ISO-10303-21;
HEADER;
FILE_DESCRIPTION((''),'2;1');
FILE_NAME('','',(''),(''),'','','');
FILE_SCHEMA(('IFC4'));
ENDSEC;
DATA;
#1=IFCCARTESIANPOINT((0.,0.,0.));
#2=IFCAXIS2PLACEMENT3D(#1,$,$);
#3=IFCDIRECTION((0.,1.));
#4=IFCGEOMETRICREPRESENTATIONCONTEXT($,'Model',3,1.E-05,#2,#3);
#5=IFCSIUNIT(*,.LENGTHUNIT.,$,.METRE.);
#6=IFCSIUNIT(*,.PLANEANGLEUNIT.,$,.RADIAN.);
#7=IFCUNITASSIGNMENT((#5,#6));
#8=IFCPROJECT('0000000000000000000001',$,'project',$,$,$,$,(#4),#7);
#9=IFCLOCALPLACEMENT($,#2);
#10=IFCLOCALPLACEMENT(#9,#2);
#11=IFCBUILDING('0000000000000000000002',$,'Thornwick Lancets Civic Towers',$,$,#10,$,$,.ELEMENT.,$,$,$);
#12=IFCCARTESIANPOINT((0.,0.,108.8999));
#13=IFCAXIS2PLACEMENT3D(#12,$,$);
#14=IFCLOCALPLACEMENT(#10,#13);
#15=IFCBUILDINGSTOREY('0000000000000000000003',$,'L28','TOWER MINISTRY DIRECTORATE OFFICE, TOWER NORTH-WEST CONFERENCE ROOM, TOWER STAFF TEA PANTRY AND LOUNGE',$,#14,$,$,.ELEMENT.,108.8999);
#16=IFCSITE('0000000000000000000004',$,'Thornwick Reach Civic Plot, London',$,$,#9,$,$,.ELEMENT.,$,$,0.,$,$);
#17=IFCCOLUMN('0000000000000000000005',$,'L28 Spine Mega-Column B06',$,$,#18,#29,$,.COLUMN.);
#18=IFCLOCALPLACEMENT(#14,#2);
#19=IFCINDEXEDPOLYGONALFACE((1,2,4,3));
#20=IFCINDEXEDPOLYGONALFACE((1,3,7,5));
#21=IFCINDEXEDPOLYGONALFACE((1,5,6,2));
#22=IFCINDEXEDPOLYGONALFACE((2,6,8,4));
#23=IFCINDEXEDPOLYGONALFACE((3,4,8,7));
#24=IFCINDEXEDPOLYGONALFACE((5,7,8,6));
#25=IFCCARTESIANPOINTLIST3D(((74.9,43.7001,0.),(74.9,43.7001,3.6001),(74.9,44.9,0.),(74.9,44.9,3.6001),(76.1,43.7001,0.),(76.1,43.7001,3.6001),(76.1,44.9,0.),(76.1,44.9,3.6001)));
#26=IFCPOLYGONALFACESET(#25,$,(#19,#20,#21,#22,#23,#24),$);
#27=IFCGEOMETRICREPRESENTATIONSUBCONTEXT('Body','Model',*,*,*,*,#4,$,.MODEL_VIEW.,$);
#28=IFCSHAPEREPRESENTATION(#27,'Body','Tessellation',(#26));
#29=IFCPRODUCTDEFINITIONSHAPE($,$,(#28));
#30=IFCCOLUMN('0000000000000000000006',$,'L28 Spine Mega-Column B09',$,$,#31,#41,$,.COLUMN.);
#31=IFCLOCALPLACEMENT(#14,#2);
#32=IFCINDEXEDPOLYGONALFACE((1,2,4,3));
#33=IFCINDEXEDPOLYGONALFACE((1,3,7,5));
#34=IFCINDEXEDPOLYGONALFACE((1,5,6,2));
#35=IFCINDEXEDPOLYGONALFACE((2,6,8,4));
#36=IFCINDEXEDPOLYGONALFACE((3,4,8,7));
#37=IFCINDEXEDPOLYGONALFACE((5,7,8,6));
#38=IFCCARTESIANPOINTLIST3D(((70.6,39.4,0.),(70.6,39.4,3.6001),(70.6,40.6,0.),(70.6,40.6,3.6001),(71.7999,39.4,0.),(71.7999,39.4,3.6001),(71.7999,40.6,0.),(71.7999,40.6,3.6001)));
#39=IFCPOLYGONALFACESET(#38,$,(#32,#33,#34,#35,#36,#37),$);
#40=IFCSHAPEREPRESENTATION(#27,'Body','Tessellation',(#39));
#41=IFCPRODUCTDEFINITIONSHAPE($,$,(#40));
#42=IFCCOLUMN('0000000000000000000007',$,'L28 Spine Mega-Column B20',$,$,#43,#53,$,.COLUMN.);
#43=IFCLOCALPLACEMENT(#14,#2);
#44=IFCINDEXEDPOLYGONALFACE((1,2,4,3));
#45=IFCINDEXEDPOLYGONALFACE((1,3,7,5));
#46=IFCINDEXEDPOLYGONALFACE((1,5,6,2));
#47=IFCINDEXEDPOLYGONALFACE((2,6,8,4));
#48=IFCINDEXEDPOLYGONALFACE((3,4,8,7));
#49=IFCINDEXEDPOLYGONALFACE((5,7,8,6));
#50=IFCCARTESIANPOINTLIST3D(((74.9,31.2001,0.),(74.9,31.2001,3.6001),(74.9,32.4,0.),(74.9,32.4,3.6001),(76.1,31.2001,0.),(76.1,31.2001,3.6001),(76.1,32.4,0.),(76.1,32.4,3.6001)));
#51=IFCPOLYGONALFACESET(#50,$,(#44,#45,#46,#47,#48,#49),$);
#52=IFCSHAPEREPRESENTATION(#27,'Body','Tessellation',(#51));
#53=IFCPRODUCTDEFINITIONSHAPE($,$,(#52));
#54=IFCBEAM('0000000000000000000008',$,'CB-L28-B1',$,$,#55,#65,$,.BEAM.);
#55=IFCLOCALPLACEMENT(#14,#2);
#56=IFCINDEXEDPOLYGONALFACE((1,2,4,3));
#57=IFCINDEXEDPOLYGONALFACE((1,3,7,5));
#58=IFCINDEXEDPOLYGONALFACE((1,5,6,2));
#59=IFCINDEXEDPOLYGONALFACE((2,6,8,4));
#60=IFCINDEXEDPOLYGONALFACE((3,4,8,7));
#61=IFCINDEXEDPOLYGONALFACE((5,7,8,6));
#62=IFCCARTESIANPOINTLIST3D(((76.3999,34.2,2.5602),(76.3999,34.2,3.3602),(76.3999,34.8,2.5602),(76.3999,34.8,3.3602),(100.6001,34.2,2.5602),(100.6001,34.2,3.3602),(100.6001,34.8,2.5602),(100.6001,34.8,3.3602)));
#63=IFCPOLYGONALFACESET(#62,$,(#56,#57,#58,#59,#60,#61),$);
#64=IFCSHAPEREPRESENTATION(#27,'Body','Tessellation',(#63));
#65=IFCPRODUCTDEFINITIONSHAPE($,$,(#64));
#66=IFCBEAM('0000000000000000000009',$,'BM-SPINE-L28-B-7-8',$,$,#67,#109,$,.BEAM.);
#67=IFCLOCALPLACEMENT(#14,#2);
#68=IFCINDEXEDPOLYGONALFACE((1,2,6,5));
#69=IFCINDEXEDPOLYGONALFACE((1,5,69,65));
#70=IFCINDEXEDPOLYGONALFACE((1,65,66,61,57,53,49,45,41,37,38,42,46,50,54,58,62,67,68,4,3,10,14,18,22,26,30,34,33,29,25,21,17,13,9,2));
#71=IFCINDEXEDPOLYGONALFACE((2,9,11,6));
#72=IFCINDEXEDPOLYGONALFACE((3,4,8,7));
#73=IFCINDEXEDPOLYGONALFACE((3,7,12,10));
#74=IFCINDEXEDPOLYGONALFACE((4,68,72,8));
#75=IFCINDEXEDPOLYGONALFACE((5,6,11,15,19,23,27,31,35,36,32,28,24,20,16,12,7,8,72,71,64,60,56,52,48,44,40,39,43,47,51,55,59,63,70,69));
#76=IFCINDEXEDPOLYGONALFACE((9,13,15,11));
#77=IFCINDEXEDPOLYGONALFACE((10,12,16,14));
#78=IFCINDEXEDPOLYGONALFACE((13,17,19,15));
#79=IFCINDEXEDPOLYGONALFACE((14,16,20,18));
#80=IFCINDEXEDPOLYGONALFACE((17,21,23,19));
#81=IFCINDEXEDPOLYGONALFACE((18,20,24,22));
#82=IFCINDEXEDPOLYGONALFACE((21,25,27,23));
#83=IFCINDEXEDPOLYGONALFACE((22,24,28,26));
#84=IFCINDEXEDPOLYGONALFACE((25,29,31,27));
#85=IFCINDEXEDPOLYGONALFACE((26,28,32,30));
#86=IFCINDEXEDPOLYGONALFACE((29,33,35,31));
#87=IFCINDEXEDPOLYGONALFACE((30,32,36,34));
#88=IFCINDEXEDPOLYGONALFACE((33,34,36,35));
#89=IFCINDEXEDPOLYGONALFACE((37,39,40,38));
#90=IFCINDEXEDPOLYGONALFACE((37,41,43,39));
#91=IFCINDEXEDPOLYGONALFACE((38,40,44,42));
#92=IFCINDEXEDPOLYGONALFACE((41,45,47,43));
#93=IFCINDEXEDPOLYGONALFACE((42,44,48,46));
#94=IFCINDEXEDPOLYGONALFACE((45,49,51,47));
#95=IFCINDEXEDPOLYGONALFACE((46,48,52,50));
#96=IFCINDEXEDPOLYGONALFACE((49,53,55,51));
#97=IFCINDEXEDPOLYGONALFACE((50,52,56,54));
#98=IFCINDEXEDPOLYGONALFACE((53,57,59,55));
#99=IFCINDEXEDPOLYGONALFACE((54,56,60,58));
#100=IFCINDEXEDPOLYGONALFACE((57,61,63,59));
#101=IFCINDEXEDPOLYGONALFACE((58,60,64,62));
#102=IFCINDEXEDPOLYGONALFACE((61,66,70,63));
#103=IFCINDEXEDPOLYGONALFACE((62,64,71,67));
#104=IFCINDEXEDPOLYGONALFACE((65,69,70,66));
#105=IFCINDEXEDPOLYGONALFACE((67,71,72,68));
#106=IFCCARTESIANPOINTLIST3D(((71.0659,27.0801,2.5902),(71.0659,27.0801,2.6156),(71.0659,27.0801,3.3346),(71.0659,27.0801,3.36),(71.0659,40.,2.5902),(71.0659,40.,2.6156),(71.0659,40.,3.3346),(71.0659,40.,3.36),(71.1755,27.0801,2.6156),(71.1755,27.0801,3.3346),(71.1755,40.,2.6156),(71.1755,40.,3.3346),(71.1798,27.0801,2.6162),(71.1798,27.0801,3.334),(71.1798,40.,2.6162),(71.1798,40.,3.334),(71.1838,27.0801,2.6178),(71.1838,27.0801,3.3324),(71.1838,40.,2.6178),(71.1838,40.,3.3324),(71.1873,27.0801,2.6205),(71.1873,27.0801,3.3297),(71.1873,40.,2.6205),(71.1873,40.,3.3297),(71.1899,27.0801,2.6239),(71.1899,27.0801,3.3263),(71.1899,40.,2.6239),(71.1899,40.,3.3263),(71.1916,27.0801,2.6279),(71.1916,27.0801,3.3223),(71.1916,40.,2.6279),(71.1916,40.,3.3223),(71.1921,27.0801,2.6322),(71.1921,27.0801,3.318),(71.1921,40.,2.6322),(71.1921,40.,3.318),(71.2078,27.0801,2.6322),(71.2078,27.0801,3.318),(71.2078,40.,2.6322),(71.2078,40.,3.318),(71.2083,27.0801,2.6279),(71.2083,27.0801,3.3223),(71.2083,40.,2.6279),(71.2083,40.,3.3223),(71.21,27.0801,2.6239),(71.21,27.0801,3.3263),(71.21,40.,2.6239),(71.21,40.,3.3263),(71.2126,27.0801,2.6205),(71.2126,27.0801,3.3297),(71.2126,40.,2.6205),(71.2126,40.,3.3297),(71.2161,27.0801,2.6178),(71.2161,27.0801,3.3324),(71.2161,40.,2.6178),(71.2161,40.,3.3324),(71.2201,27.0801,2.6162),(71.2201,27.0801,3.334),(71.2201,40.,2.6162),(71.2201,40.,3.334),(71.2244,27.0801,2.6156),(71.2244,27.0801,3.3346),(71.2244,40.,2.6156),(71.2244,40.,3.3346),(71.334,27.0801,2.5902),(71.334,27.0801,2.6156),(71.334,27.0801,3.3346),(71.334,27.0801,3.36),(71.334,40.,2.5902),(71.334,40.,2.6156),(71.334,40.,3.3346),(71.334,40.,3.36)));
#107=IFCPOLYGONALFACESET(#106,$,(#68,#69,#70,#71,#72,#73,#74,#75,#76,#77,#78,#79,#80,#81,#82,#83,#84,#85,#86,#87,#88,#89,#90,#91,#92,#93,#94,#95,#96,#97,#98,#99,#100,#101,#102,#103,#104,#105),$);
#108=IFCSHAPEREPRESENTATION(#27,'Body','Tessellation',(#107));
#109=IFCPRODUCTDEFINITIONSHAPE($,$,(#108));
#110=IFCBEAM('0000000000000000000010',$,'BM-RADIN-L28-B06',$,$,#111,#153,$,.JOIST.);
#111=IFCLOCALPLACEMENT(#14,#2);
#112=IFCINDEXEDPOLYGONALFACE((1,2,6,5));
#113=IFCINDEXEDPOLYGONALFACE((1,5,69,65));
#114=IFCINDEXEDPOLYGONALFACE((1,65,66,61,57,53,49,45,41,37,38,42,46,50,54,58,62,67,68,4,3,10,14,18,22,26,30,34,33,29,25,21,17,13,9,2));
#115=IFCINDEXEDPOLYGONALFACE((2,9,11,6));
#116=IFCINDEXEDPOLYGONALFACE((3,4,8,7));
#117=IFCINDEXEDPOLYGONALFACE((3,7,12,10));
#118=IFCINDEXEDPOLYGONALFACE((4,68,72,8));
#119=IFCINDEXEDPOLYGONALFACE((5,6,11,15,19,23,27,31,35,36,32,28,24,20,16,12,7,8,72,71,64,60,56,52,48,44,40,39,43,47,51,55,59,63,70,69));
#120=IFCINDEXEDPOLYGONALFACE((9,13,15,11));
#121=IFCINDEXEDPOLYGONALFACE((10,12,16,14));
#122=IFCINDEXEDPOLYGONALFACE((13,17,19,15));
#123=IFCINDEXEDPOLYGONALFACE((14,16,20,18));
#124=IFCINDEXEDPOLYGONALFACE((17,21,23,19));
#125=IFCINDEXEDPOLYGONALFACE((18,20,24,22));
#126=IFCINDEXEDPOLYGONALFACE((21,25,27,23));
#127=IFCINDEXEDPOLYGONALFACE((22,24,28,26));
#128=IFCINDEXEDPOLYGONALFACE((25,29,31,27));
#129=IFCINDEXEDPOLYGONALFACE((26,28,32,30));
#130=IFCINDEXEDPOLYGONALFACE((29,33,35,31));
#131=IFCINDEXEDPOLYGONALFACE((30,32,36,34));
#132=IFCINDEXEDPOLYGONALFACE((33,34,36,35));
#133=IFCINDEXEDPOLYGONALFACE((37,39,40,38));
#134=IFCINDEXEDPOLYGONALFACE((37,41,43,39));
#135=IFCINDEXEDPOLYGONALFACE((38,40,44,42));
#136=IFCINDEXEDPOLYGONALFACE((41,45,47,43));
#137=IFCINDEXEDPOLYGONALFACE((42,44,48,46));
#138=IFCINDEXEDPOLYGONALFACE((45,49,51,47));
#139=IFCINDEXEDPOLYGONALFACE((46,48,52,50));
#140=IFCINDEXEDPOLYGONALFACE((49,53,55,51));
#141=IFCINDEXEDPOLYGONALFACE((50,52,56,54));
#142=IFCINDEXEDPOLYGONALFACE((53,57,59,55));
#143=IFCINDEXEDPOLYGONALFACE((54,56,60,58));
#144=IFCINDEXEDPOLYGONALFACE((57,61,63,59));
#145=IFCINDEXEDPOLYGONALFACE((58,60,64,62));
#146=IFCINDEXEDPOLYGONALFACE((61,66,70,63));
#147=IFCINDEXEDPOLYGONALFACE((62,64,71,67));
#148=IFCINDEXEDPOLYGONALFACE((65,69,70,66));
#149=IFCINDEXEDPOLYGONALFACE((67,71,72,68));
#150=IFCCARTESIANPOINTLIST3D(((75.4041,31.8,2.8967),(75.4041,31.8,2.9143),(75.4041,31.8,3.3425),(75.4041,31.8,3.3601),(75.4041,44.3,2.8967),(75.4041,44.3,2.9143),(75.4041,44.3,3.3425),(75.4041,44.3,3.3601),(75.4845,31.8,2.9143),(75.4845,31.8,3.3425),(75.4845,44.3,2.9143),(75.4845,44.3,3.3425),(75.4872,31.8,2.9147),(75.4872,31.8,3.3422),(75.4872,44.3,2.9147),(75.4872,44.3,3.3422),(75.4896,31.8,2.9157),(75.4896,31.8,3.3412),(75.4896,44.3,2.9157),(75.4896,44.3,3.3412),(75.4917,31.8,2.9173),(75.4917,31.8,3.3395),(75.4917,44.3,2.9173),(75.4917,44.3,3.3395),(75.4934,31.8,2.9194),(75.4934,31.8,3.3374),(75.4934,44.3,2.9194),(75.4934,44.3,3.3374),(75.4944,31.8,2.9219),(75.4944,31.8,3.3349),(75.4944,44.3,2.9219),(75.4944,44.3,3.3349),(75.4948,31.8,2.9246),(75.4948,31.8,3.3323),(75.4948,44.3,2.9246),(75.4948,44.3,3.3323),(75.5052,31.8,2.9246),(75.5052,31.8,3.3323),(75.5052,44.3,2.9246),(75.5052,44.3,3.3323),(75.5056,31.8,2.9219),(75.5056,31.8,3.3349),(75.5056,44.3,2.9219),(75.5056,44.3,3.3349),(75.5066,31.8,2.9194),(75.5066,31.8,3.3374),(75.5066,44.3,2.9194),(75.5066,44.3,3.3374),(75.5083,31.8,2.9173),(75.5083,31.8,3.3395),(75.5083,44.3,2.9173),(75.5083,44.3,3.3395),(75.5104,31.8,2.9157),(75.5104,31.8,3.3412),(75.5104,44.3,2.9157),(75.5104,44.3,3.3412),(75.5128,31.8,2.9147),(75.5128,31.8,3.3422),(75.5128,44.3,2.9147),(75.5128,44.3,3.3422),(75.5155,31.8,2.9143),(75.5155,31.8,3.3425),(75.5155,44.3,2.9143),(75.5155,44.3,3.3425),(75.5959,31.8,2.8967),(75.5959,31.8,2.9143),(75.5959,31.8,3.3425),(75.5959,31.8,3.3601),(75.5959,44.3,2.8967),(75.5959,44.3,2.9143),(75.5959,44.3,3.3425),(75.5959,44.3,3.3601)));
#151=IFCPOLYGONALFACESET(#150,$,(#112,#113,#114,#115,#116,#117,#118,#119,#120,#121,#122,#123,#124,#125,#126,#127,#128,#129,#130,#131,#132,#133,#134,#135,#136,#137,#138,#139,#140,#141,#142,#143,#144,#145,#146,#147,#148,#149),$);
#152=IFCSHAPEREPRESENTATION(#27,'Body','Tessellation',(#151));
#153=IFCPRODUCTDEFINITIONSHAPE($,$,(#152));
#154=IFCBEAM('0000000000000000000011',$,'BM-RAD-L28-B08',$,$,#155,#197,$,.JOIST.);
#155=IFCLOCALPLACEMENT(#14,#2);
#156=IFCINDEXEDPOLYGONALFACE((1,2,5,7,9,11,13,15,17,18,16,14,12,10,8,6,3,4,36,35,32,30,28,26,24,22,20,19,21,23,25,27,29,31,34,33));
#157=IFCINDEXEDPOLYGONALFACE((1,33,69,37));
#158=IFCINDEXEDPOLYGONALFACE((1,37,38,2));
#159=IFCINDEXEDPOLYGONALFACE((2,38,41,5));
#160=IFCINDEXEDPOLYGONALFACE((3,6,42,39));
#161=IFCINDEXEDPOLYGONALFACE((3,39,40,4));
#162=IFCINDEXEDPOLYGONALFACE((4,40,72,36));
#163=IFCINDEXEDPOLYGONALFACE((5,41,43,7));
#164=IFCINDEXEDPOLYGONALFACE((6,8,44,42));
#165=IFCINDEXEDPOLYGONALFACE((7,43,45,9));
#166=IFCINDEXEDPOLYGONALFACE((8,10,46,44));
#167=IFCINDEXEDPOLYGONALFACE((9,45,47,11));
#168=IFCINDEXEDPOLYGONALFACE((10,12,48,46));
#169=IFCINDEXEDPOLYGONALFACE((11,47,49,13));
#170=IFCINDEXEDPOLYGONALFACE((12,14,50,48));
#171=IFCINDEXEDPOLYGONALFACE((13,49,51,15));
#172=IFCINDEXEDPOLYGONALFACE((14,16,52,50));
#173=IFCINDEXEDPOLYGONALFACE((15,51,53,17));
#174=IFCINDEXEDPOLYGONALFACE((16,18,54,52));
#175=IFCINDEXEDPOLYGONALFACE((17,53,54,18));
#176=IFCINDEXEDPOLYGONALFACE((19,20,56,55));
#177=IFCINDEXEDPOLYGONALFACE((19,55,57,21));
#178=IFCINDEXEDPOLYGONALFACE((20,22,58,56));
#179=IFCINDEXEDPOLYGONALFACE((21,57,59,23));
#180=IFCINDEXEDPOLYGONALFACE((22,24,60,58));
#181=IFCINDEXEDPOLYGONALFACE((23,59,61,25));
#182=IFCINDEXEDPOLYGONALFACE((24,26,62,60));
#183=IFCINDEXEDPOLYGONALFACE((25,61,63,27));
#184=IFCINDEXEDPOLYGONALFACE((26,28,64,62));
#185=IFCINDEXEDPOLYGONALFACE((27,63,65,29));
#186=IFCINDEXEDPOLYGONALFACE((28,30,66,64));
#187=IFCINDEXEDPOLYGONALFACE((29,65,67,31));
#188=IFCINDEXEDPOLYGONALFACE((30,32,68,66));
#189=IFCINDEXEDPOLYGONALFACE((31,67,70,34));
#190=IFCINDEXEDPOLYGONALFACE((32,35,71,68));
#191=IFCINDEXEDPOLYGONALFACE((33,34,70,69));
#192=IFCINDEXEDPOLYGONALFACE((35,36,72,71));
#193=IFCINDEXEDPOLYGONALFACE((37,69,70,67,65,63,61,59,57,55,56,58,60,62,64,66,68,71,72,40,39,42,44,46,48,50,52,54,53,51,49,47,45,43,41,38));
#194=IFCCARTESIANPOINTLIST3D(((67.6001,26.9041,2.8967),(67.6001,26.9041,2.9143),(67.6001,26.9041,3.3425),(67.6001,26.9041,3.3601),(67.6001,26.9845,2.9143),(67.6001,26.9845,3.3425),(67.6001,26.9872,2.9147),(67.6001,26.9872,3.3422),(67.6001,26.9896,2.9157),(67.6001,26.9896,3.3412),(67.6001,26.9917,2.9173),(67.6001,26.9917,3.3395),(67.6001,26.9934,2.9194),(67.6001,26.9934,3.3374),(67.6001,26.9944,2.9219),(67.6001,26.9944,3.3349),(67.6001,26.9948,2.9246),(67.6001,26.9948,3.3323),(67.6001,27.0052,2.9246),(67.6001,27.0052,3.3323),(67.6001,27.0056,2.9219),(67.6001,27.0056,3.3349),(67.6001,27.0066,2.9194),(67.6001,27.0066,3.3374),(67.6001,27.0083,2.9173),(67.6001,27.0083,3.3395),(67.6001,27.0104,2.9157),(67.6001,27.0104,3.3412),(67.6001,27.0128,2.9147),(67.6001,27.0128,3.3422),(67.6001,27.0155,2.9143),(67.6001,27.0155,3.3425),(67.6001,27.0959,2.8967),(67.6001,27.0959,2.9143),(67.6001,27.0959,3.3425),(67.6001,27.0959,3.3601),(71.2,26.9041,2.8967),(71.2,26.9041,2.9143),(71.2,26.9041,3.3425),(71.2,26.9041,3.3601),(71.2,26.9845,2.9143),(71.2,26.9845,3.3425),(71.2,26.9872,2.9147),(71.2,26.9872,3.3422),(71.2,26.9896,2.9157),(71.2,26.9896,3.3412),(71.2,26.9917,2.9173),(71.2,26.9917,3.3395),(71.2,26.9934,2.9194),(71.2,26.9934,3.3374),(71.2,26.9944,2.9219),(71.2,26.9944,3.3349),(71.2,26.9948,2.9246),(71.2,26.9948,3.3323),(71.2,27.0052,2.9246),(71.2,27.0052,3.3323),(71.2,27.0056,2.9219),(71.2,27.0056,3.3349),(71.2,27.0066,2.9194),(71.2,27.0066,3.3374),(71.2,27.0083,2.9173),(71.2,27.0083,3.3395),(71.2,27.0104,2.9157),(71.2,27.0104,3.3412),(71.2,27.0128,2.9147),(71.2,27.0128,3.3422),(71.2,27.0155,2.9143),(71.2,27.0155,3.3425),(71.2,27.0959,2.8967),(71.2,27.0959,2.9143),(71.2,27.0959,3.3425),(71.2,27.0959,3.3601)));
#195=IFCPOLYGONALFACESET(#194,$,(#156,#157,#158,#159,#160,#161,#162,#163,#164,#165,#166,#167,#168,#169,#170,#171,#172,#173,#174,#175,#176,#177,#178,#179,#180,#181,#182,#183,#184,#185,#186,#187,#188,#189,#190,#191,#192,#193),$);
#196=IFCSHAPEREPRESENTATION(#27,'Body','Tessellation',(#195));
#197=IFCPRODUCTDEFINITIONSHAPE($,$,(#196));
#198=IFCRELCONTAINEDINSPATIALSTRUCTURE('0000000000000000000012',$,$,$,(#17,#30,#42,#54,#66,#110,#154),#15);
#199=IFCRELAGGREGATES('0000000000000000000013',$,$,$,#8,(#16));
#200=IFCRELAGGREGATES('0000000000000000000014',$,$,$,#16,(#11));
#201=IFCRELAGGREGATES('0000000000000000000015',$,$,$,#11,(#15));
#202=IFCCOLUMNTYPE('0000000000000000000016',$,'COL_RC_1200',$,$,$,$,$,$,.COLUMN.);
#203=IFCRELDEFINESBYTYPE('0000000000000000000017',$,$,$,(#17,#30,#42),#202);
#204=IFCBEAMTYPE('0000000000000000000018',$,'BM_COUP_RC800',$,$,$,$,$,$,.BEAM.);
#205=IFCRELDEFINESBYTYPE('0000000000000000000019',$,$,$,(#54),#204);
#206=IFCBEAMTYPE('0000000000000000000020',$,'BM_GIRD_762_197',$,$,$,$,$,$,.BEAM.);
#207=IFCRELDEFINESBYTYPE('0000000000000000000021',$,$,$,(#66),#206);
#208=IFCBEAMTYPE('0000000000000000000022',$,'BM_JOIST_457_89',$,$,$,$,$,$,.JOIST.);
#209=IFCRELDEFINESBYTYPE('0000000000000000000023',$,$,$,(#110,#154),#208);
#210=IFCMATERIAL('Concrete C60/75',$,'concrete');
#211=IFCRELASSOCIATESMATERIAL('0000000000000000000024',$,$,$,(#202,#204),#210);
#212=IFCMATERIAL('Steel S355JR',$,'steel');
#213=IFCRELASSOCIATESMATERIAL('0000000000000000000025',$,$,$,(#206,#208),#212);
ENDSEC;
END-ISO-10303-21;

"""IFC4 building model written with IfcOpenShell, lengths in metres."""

from ifc_helpers import new_model, si_unit, direction, frame, origin, origin_2d, place, context, subcontext, project, spatial, rectangle, i_section, extrude, material, material_profile, profile_set, type_object, element, save


model = new_model("IFC4")

# Units and contexts
model_context = context("Model", 3, precision=1e-05, world=origin(), true_north=direction((0.0, 1.0)))
body_context = subcontext(model_context, "Body", "Model", "MODEL_VIEW")
ifc_project = project(units=[si_unit("LENGTHUNIT", "METRE"), si_unit("PLANEANGLEUNIT", "RADIAN")], contexts=[model_context])

# Site, building, storey
site_placement = place(None, origin())
site = spatial("IfcSite", under=ifc_project, at=site_placement, Name="Thornwick Reach Civic Plot, London", CompositionType="ELEMENT", RefElevation=0.0)
building_placement = place(site_placement, origin())
building = spatial("IfcBuilding", under=site, at=building_placement, Name="Thornwick Lancets Civic Towers", CompositionType="ELEMENT")
storey_placement = place(building_placement, frame((0.0, 0.0, 108.8999)))
storey = spatial("IfcBuildingStorey", under=building, at=storey_placement, Name="L28", Description="TOWER MINISTRY DIRECTORATE OFFICE, TOWER NORTH-WEST CONFERENCE ROOM, TOWER STAFF TEA PANTRY AND LOUNGE", CompositionType="ELEMENT", Elevation=108.8999)

# Columns
ifc_material_1 = material(Name="Concrete C60/75", Category="concrete")
ifc_material_profile_1 = material_profile(ifc_material_1, rectangle(XDim=1.2, YDim=1.2, at=origin_2d()), Name="RC 1200x1200")
ifc_profile_set_1 = profile_set([ifc_material_profile_1], Name="Concrete C60/75")
column_type = type_object("IfcColumnType", Name="COL_RC_1200", PredefinedType="COLUMN", material=ifc_profile_set_1)
for number, where, z_axis, x_axis, name in (
    (1, (75.5, 44.3, 0.0), (0.0, 0.0, 1.0), (1.0, 0.0, 0.0), "L28 Spine Mega-Column B06"),
    (2, (71.2, 40.0, 0.0), (0.0, 0.0, 1.0), (1.0, 0.0, 0.0), "L28 Spine Mega-Column B09"),
    (3, (75.5, 31.8, 0.0), (0.0, 0.0, 1.0), (1.0, 0.0, 0.0), "L28 Spine Mega-Column B20"),
):
    element("IfcColumn", number, at=place(storey_placement, frame(where, z_axis=z_axis, x_axis=x_axis)), inside=storey, type_object=column_type, Name=name, PredefinedType="COLUMN", context=body_context, shape_type="SweptSolid", body=[
        extrude(rectangle(XDim=1.2, YDim=1.2, at=origin_2d()), origin(), (0.0, 0.0, 1.0), 3.6001),
    ])

# Beams
ifc_material_profile_2 = material_profile(ifc_material_1, rectangle(XDim=0.6001, YDim=0.8, at=origin_2d()), Name="RC 600x800")
ifc_profile_set_2 = profile_set([ifc_material_profile_2], Name="Concrete C60/75")
beam_type_1 = type_object("IfcBeamType", Name="BM_COUP_RC800", PredefinedType="BEAM", material=ifc_profile_set_2)
beam_1_placement = place(storey_placement, frame((76.3999, 34.5, 2.9602), z_axis=(1.0, 0.0, 0.0), x_axis=(0.0, 1.0, 0.0)))
element("IfcBeam", 4, at=beam_1_placement, inside=storey, type_object=beam_type_1, Name="CB-L28-B1", PredefinedType="BEAM", context=body_context, shape_type="SweptSolid", body=[
    extrude(rectangle(XDim=0.6001, YDim=0.8, at=origin_2d()), origin(), (0.0, 0.0, 1.0), 24.2002),
])
ifc_material_2 = material(Name="Steel S355JR", Category="steel")
ifc_material_profile_3 = material_profile(ifc_material_2, i_section(OverallWidth=0.2681, OverallDepth=0.7698, WebThickness=0.0156, FlangeThickness=0.0254, FilletRadius=0.0166, at=origin_2d()), Name="UKB 762x267x197")
ifc_profile_set_3 = profile_set([ifc_material_profile_3], Name="Steel S355JR")
beam_type_2 = type_object("IfcBeamType", Name="BM_GIRD_762_197", PredefinedType="BEAM", material=ifc_profile_set_3)
beam_2_placement = place(storey_placement, frame((71.2, 27.0801, 2.9751), z_axis=(0.0, 1.0, 0.0), x_axis=(-1.0, 0.0, 0.0)))
element("IfcBeam", 5, at=beam_2_placement, inside=storey, type_object=beam_type_2, Name="BM-SPINE-L28-B-7-8", PredefinedType="BEAM", context=body_context, shape_type="SweptSolid", body=[
    extrude(i_section(OverallWidth=0.2681, OverallDepth=0.7698, WebThickness=0.0156, FlangeThickness=0.0254, FilletRadius=0.0166, at=origin_2d()), origin(), (0.0, 0.0, 1.0), 12.9199),
])
ifc_material_profile_4 = material_profile(ifc_material_2, i_section(OverallWidth=0.1919, OverallDepth=0.4634, WebThickness=0.0105, FlangeThickness=0.0176, FilletRadius=0.0103, at=origin_2d()), Name="UKB 457x191x89")
ifc_profile_set_4 = profile_set([ifc_material_profile_4], Name="Steel S355JR")
beam_type_3 = type_object("IfcBeamType", Name="BM_JOIST_457_89", PredefinedType="JOIST", material=ifc_profile_set_4)
beam_3_placement = place(storey_placement, frame((75.5, 31.8, 3.1284), z_axis=(0.0, 1.0, 0.0), x_axis=(-1.0, 0.0, 0.0)))
element("IfcBeam", 6, at=beam_3_placement, inside=storey, type_object=beam_type_3, Name="BM-RADIN-L28-B06", PredefinedType="JOIST", context=body_context, shape_type="SweptSolid", body=[
    extrude(i_section(OverallWidth=0.1919, OverallDepth=0.4634, WebThickness=0.0105, FlangeThickness=0.0176, FilletRadius=0.0103, at=origin_2d()), origin(), (0.0, 0.0, 1.0), 12.5),
])
for number, where, z_axis, x_axis, name in (
    (7, (71.2, 27.0, 3.1284), (-1.0, 0.0, 0.0), (0.0, -1.0, 0.0), "BM-RAD-L28-B08"),
):
    element("IfcBeam", number, at=place(storey_placement, frame(where, z_axis=z_axis, x_axis=x_axis)), inside=storey, type_object=beam_type_3, Name=name, PredefinedType="JOIST", context=body_context, shape_type="SweptSolid", body=[
        extrude(i_section(OverallWidth=0.1919, OverallDepth=0.4634, WebThickness=0.0105, FlangeThickness=0.0176, FilletRadius=0.0103, at=origin_2d()), origin(), (0.0, 0.0, 1.0), 3.5999),
    ])

save(model, "model.ifc")
